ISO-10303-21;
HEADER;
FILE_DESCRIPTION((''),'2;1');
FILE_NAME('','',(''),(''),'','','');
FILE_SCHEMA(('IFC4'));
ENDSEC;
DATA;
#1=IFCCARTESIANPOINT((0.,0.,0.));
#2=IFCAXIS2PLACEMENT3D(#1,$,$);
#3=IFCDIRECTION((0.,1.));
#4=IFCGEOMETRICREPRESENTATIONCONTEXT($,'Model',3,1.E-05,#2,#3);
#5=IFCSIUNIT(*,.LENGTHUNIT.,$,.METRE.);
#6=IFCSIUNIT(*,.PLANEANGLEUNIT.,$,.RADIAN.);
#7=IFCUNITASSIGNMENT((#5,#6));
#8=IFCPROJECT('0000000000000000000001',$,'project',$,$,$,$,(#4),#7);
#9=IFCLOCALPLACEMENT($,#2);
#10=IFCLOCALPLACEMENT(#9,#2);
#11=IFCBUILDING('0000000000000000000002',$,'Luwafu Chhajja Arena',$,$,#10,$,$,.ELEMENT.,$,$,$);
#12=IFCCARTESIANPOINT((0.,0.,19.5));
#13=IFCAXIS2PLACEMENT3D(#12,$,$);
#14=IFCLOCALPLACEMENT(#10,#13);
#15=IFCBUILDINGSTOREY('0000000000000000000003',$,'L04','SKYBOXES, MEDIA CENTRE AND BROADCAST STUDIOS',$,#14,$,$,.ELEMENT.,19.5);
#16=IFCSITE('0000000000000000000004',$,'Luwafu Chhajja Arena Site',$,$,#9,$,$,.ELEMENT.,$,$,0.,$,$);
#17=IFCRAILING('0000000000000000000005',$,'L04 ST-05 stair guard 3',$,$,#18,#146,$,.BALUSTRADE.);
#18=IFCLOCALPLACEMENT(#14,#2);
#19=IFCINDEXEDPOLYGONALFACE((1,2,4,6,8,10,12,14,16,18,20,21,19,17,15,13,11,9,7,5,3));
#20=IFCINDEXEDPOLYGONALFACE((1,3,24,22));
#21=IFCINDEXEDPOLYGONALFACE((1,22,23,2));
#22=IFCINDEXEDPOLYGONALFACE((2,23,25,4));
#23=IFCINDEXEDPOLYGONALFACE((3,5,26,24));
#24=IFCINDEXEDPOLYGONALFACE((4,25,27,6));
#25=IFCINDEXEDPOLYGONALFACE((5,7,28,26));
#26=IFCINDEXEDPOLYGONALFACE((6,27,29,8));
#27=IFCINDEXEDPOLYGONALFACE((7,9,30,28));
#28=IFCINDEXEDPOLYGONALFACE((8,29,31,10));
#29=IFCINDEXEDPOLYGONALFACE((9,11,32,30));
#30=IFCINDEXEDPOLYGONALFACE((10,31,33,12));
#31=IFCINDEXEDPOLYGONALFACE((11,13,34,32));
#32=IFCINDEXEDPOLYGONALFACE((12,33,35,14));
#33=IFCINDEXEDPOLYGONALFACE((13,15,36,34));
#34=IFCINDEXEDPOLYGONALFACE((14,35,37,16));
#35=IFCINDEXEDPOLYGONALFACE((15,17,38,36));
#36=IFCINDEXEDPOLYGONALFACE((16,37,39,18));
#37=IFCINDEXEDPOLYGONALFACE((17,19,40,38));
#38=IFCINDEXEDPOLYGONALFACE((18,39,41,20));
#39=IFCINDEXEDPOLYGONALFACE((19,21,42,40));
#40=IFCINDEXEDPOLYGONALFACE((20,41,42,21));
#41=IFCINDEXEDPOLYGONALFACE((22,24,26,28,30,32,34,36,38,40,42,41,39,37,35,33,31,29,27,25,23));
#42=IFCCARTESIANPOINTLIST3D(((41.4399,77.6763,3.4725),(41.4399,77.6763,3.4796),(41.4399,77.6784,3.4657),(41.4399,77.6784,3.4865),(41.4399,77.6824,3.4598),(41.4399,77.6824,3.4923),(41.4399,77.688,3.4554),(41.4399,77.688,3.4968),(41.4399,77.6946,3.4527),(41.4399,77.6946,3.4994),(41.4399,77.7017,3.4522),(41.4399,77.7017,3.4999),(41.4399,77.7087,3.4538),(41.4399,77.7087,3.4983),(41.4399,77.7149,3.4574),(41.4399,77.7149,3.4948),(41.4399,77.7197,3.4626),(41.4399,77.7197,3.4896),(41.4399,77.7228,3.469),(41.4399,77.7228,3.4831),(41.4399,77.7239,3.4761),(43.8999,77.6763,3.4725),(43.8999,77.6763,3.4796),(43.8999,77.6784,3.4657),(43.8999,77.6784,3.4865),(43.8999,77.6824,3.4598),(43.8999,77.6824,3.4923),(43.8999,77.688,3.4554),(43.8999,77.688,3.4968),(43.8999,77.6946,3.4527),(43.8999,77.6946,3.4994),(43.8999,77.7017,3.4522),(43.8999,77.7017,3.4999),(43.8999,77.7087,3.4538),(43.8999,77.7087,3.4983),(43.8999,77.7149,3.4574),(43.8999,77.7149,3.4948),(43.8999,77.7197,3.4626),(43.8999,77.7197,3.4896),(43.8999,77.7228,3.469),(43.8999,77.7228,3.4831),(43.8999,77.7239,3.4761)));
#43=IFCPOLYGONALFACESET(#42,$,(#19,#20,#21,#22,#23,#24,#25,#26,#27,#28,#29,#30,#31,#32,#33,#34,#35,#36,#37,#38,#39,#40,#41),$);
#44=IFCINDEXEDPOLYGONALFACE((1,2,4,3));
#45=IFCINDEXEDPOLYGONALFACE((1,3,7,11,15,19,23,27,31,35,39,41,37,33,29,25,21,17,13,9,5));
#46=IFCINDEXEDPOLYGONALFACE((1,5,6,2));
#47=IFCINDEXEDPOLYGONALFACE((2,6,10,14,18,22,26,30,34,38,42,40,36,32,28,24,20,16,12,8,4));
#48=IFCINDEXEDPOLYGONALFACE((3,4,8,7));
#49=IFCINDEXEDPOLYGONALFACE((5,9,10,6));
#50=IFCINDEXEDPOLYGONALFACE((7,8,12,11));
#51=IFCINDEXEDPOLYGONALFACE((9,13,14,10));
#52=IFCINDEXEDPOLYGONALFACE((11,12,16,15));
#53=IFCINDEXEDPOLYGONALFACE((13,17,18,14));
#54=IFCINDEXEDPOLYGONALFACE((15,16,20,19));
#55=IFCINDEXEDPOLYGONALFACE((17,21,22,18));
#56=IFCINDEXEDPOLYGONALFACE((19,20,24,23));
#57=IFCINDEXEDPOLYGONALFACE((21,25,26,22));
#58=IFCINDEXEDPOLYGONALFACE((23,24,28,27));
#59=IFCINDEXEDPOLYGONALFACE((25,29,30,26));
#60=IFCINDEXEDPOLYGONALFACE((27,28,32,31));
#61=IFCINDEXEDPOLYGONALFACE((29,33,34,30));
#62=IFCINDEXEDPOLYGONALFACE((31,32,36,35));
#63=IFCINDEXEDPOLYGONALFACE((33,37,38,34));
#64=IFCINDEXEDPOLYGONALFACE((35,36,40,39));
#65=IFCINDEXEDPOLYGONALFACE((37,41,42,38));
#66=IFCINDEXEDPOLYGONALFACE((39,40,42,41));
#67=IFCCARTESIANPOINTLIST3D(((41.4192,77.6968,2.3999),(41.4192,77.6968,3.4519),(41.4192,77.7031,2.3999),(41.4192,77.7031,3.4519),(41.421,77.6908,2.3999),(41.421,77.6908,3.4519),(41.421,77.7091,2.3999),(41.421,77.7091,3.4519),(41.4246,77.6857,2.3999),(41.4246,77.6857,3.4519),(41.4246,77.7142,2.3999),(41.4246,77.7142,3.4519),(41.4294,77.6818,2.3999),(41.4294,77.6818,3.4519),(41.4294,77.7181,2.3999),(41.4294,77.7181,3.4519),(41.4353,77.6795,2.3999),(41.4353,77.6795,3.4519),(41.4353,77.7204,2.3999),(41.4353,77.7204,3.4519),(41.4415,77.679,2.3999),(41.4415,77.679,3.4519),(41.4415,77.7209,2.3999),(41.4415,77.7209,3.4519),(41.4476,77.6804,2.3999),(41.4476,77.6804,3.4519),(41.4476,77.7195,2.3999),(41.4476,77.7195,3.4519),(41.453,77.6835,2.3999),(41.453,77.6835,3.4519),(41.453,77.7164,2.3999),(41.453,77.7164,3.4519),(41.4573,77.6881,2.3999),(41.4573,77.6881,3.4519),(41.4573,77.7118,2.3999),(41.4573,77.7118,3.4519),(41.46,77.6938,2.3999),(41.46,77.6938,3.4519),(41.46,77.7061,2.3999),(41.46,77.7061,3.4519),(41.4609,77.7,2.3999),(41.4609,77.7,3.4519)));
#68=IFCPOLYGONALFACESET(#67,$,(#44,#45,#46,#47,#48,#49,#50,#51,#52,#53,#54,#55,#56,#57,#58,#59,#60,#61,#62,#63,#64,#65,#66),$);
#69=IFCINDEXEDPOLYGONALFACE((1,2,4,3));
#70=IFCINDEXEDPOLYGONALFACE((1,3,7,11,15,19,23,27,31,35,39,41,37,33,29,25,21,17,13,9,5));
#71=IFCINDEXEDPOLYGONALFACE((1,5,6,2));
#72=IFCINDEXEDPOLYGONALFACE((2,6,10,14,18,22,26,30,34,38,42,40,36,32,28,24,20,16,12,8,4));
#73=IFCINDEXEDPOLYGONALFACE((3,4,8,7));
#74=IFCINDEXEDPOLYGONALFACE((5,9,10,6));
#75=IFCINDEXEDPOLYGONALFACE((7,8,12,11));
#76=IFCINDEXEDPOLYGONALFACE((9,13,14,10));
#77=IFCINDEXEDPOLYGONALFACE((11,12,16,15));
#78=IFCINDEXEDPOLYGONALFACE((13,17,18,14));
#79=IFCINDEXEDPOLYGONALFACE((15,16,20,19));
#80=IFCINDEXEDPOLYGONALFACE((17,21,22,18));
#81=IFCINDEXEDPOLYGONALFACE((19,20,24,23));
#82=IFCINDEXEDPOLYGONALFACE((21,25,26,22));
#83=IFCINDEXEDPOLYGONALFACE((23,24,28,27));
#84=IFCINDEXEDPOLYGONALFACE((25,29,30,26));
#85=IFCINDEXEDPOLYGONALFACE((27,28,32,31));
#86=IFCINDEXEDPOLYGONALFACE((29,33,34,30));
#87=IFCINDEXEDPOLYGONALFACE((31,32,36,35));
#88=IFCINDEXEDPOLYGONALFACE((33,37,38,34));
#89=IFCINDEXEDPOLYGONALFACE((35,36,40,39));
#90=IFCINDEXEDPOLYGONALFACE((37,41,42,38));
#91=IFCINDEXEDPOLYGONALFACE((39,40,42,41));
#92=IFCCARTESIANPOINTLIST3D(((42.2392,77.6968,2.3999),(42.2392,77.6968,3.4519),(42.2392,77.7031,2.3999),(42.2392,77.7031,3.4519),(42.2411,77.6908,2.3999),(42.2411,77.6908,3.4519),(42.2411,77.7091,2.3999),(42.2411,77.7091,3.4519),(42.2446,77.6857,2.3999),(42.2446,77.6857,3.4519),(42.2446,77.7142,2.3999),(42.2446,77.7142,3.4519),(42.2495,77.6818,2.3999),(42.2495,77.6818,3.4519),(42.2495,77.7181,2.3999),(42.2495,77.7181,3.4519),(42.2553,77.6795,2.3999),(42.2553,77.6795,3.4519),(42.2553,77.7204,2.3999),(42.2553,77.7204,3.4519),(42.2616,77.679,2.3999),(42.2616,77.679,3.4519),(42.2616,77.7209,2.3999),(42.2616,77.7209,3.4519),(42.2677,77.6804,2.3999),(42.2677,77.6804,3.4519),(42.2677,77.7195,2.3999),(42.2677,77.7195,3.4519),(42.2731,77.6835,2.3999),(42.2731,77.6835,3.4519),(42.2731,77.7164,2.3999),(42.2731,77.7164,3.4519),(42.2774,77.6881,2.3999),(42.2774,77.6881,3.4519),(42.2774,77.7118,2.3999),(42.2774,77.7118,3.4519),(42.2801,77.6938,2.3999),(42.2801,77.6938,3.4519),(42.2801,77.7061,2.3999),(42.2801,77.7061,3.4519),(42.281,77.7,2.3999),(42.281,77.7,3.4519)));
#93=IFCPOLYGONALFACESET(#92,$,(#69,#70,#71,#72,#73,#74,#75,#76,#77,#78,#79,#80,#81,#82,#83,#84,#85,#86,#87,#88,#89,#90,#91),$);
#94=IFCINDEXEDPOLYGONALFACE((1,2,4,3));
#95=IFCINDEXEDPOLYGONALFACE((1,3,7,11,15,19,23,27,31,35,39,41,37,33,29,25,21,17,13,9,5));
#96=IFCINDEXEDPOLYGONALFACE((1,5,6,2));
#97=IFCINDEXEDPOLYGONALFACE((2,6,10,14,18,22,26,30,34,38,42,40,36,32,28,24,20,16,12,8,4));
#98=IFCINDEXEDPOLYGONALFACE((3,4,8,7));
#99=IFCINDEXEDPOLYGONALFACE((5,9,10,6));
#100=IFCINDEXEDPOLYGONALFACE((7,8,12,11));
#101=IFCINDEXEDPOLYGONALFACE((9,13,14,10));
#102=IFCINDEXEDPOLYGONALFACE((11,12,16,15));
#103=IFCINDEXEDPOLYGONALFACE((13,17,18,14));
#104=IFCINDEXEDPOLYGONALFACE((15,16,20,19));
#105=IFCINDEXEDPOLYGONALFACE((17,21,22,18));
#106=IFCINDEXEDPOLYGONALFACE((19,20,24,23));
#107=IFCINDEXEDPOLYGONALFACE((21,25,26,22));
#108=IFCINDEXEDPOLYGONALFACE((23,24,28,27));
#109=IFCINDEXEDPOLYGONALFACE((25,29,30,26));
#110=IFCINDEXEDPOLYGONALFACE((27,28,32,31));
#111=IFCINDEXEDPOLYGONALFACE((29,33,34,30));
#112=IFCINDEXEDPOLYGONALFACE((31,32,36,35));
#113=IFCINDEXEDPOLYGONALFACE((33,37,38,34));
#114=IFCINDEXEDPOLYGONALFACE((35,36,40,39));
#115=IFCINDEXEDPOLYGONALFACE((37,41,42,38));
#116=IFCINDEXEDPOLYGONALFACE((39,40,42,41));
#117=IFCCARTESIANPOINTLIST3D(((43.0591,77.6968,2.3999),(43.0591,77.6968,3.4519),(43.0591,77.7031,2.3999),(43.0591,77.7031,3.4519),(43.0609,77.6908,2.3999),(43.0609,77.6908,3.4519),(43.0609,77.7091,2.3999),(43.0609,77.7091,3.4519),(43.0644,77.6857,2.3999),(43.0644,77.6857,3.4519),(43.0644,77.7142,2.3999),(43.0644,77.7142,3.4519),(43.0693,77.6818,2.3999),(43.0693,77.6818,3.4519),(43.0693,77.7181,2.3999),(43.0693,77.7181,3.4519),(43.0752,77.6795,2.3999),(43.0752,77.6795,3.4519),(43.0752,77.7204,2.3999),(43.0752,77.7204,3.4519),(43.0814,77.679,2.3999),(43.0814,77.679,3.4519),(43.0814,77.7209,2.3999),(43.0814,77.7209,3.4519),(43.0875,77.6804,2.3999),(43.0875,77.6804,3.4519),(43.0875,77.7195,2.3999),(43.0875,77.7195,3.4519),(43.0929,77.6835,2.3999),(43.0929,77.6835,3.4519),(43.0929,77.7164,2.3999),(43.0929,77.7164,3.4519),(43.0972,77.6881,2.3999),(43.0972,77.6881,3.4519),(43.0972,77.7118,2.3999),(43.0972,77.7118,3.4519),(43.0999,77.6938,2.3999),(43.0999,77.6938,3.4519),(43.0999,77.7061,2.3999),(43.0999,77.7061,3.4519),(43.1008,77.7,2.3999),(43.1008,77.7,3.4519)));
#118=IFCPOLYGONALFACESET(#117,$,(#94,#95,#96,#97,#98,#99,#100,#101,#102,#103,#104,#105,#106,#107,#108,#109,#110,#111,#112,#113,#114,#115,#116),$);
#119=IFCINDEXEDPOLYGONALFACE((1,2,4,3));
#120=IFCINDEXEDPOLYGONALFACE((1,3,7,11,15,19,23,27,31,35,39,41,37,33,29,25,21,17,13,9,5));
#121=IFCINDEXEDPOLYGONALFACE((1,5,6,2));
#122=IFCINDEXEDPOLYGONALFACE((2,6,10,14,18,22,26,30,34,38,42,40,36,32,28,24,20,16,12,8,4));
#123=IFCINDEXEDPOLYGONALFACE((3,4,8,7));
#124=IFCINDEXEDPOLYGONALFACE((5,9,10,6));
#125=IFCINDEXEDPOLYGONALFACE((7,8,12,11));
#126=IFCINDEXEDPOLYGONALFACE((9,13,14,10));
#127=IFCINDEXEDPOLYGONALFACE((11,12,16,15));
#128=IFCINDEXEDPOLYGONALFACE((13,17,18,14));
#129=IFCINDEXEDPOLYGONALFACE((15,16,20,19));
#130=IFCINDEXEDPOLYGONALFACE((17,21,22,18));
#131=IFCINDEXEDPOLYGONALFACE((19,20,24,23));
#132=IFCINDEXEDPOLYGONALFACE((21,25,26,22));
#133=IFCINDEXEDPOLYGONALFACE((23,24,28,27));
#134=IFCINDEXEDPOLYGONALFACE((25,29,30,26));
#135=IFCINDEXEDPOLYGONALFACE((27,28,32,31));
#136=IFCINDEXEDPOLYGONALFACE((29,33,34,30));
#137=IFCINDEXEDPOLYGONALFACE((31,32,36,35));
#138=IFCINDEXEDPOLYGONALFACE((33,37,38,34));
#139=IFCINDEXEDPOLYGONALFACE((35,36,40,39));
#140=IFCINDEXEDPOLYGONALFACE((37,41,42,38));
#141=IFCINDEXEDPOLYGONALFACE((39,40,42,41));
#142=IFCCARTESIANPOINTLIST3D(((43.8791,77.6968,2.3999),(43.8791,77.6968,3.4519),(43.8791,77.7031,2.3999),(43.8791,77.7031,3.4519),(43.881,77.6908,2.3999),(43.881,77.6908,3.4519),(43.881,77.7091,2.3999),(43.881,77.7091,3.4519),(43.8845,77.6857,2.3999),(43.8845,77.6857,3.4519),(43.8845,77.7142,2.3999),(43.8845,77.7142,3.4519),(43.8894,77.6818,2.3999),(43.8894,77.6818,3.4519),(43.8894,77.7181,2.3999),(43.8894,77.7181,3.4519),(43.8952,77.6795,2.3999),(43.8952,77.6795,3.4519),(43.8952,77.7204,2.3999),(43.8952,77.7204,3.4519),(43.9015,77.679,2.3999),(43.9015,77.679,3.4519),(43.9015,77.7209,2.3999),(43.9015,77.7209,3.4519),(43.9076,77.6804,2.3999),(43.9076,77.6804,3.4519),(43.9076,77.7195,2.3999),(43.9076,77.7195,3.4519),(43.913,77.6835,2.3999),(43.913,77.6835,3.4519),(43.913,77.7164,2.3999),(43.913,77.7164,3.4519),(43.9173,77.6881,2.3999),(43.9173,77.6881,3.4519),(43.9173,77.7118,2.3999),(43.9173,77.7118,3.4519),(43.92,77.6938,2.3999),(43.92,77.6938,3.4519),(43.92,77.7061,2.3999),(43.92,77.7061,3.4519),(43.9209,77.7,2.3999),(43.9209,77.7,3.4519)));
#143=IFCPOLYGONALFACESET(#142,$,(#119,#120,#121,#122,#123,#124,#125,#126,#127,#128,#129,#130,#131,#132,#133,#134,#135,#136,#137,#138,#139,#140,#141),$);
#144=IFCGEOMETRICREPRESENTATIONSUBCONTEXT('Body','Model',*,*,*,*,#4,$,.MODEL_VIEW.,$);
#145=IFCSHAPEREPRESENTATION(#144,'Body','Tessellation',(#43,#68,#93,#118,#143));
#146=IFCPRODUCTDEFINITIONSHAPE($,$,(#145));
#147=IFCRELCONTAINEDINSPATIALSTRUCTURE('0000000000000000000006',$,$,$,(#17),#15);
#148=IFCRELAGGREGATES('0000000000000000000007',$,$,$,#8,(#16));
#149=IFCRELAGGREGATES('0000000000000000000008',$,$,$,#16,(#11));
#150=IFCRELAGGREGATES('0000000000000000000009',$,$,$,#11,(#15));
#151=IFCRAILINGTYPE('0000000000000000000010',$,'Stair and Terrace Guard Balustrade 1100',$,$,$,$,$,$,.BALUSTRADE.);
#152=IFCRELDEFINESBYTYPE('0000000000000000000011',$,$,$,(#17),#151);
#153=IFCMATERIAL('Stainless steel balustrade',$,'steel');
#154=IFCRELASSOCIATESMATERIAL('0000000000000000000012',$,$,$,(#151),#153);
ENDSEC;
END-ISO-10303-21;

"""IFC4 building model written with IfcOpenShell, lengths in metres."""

from ifc_helpers import new_model, si_unit, direction, frame, origin, origin_2d, place, context, subcontext, project, spatial, circle, extrude, material, type_object, element, save


model = new_model("IFC4")

# Units and contexts
model_context = context("Model", 3, precision=1e-05, world=origin(), true_north=direction((0.0, 1.0)))
body_context = subcontext(model_context, "Body", "Model", "MODEL_VIEW")
ifc_project = project(units=[si_unit("LENGTHUNIT", "METRE"), si_unit("PLANEANGLEUNIT", "RADIAN")], contexts=[model_context])

# Site, building, storey
site_placement = place(None, origin())
site = spatial("IfcSite", under=ifc_project, at=site_placement, Name="Luwafu Chhajja Arena Site", CompositionType="ELEMENT", RefElevation=0.0)
building_placement = place(site_placement, origin())
building = spatial("IfcBuilding", under=site, at=building_placement, Name="Luwafu Chhajja Arena", CompositionType="ELEMENT")
storey_placement = place(building_placement, frame((0.0, 0.0, 19.5)))
storey = spatial("IfcBuildingStorey", under=building, at=storey_placement, Name="L04", Description="SKYBOXES, MEDIA CENTRE AND BROADCAST STUDIOS", CompositionType="ELEMENT", Elevation=19.5)

# Railing
ifc_material_1 = material(Name="Stainless steel balustrade", Category="steel")
railing_type_1 = type_object("IfcRailingType", Name="Stair and Terrace Guard Balustrade 1100", PredefinedType="BALUSTRADE", material=ifc_material_1)
for number, where, name in (
    (1, (41.4399, 77.7, 2.3999), "L04 ST-05 stair guard 3"),
):
    element("IfcRailing", number, at=place(storey_placement, frame(where)), inside=storey, type_object=railing_type_1, Name=name, PredefinedType="BALUSTRADE", context=body_context, shape_type="SweptSolid", body=[
        extrude(circle(Radius=0.0239, at=origin_2d()), frame((0.0, 0.0, 1.0762), z_axis=(1.0, 0.0, 0.0), x_axis=(0.0, 1.0, 0.0)), (0.0, 0.0, 1.0), 2.46),
        extrude(circle(Radius=0.021, at=origin_2d()), origin(), (0.0, 0.0, 1.0), 1.052),
        extrude(circle(Radius=0.021, at=origin_2d()), frame((0.8201, 0.0, 0.0)), (0.0, 0.0, 1.0), 1.052),
        extrude(circle(Radius=0.021, at=origin_2d()), frame((1.6399, 0.0, 0.0)), (0.0, 0.0, 1.0), 1.052),
        extrude(circle(Radius=0.021, at=origin_2d()), frame((2.46, 0.0, 0.0)), (0.0, 0.0, 1.0), 1.052),
    ])

save(model, "model.ifc")
